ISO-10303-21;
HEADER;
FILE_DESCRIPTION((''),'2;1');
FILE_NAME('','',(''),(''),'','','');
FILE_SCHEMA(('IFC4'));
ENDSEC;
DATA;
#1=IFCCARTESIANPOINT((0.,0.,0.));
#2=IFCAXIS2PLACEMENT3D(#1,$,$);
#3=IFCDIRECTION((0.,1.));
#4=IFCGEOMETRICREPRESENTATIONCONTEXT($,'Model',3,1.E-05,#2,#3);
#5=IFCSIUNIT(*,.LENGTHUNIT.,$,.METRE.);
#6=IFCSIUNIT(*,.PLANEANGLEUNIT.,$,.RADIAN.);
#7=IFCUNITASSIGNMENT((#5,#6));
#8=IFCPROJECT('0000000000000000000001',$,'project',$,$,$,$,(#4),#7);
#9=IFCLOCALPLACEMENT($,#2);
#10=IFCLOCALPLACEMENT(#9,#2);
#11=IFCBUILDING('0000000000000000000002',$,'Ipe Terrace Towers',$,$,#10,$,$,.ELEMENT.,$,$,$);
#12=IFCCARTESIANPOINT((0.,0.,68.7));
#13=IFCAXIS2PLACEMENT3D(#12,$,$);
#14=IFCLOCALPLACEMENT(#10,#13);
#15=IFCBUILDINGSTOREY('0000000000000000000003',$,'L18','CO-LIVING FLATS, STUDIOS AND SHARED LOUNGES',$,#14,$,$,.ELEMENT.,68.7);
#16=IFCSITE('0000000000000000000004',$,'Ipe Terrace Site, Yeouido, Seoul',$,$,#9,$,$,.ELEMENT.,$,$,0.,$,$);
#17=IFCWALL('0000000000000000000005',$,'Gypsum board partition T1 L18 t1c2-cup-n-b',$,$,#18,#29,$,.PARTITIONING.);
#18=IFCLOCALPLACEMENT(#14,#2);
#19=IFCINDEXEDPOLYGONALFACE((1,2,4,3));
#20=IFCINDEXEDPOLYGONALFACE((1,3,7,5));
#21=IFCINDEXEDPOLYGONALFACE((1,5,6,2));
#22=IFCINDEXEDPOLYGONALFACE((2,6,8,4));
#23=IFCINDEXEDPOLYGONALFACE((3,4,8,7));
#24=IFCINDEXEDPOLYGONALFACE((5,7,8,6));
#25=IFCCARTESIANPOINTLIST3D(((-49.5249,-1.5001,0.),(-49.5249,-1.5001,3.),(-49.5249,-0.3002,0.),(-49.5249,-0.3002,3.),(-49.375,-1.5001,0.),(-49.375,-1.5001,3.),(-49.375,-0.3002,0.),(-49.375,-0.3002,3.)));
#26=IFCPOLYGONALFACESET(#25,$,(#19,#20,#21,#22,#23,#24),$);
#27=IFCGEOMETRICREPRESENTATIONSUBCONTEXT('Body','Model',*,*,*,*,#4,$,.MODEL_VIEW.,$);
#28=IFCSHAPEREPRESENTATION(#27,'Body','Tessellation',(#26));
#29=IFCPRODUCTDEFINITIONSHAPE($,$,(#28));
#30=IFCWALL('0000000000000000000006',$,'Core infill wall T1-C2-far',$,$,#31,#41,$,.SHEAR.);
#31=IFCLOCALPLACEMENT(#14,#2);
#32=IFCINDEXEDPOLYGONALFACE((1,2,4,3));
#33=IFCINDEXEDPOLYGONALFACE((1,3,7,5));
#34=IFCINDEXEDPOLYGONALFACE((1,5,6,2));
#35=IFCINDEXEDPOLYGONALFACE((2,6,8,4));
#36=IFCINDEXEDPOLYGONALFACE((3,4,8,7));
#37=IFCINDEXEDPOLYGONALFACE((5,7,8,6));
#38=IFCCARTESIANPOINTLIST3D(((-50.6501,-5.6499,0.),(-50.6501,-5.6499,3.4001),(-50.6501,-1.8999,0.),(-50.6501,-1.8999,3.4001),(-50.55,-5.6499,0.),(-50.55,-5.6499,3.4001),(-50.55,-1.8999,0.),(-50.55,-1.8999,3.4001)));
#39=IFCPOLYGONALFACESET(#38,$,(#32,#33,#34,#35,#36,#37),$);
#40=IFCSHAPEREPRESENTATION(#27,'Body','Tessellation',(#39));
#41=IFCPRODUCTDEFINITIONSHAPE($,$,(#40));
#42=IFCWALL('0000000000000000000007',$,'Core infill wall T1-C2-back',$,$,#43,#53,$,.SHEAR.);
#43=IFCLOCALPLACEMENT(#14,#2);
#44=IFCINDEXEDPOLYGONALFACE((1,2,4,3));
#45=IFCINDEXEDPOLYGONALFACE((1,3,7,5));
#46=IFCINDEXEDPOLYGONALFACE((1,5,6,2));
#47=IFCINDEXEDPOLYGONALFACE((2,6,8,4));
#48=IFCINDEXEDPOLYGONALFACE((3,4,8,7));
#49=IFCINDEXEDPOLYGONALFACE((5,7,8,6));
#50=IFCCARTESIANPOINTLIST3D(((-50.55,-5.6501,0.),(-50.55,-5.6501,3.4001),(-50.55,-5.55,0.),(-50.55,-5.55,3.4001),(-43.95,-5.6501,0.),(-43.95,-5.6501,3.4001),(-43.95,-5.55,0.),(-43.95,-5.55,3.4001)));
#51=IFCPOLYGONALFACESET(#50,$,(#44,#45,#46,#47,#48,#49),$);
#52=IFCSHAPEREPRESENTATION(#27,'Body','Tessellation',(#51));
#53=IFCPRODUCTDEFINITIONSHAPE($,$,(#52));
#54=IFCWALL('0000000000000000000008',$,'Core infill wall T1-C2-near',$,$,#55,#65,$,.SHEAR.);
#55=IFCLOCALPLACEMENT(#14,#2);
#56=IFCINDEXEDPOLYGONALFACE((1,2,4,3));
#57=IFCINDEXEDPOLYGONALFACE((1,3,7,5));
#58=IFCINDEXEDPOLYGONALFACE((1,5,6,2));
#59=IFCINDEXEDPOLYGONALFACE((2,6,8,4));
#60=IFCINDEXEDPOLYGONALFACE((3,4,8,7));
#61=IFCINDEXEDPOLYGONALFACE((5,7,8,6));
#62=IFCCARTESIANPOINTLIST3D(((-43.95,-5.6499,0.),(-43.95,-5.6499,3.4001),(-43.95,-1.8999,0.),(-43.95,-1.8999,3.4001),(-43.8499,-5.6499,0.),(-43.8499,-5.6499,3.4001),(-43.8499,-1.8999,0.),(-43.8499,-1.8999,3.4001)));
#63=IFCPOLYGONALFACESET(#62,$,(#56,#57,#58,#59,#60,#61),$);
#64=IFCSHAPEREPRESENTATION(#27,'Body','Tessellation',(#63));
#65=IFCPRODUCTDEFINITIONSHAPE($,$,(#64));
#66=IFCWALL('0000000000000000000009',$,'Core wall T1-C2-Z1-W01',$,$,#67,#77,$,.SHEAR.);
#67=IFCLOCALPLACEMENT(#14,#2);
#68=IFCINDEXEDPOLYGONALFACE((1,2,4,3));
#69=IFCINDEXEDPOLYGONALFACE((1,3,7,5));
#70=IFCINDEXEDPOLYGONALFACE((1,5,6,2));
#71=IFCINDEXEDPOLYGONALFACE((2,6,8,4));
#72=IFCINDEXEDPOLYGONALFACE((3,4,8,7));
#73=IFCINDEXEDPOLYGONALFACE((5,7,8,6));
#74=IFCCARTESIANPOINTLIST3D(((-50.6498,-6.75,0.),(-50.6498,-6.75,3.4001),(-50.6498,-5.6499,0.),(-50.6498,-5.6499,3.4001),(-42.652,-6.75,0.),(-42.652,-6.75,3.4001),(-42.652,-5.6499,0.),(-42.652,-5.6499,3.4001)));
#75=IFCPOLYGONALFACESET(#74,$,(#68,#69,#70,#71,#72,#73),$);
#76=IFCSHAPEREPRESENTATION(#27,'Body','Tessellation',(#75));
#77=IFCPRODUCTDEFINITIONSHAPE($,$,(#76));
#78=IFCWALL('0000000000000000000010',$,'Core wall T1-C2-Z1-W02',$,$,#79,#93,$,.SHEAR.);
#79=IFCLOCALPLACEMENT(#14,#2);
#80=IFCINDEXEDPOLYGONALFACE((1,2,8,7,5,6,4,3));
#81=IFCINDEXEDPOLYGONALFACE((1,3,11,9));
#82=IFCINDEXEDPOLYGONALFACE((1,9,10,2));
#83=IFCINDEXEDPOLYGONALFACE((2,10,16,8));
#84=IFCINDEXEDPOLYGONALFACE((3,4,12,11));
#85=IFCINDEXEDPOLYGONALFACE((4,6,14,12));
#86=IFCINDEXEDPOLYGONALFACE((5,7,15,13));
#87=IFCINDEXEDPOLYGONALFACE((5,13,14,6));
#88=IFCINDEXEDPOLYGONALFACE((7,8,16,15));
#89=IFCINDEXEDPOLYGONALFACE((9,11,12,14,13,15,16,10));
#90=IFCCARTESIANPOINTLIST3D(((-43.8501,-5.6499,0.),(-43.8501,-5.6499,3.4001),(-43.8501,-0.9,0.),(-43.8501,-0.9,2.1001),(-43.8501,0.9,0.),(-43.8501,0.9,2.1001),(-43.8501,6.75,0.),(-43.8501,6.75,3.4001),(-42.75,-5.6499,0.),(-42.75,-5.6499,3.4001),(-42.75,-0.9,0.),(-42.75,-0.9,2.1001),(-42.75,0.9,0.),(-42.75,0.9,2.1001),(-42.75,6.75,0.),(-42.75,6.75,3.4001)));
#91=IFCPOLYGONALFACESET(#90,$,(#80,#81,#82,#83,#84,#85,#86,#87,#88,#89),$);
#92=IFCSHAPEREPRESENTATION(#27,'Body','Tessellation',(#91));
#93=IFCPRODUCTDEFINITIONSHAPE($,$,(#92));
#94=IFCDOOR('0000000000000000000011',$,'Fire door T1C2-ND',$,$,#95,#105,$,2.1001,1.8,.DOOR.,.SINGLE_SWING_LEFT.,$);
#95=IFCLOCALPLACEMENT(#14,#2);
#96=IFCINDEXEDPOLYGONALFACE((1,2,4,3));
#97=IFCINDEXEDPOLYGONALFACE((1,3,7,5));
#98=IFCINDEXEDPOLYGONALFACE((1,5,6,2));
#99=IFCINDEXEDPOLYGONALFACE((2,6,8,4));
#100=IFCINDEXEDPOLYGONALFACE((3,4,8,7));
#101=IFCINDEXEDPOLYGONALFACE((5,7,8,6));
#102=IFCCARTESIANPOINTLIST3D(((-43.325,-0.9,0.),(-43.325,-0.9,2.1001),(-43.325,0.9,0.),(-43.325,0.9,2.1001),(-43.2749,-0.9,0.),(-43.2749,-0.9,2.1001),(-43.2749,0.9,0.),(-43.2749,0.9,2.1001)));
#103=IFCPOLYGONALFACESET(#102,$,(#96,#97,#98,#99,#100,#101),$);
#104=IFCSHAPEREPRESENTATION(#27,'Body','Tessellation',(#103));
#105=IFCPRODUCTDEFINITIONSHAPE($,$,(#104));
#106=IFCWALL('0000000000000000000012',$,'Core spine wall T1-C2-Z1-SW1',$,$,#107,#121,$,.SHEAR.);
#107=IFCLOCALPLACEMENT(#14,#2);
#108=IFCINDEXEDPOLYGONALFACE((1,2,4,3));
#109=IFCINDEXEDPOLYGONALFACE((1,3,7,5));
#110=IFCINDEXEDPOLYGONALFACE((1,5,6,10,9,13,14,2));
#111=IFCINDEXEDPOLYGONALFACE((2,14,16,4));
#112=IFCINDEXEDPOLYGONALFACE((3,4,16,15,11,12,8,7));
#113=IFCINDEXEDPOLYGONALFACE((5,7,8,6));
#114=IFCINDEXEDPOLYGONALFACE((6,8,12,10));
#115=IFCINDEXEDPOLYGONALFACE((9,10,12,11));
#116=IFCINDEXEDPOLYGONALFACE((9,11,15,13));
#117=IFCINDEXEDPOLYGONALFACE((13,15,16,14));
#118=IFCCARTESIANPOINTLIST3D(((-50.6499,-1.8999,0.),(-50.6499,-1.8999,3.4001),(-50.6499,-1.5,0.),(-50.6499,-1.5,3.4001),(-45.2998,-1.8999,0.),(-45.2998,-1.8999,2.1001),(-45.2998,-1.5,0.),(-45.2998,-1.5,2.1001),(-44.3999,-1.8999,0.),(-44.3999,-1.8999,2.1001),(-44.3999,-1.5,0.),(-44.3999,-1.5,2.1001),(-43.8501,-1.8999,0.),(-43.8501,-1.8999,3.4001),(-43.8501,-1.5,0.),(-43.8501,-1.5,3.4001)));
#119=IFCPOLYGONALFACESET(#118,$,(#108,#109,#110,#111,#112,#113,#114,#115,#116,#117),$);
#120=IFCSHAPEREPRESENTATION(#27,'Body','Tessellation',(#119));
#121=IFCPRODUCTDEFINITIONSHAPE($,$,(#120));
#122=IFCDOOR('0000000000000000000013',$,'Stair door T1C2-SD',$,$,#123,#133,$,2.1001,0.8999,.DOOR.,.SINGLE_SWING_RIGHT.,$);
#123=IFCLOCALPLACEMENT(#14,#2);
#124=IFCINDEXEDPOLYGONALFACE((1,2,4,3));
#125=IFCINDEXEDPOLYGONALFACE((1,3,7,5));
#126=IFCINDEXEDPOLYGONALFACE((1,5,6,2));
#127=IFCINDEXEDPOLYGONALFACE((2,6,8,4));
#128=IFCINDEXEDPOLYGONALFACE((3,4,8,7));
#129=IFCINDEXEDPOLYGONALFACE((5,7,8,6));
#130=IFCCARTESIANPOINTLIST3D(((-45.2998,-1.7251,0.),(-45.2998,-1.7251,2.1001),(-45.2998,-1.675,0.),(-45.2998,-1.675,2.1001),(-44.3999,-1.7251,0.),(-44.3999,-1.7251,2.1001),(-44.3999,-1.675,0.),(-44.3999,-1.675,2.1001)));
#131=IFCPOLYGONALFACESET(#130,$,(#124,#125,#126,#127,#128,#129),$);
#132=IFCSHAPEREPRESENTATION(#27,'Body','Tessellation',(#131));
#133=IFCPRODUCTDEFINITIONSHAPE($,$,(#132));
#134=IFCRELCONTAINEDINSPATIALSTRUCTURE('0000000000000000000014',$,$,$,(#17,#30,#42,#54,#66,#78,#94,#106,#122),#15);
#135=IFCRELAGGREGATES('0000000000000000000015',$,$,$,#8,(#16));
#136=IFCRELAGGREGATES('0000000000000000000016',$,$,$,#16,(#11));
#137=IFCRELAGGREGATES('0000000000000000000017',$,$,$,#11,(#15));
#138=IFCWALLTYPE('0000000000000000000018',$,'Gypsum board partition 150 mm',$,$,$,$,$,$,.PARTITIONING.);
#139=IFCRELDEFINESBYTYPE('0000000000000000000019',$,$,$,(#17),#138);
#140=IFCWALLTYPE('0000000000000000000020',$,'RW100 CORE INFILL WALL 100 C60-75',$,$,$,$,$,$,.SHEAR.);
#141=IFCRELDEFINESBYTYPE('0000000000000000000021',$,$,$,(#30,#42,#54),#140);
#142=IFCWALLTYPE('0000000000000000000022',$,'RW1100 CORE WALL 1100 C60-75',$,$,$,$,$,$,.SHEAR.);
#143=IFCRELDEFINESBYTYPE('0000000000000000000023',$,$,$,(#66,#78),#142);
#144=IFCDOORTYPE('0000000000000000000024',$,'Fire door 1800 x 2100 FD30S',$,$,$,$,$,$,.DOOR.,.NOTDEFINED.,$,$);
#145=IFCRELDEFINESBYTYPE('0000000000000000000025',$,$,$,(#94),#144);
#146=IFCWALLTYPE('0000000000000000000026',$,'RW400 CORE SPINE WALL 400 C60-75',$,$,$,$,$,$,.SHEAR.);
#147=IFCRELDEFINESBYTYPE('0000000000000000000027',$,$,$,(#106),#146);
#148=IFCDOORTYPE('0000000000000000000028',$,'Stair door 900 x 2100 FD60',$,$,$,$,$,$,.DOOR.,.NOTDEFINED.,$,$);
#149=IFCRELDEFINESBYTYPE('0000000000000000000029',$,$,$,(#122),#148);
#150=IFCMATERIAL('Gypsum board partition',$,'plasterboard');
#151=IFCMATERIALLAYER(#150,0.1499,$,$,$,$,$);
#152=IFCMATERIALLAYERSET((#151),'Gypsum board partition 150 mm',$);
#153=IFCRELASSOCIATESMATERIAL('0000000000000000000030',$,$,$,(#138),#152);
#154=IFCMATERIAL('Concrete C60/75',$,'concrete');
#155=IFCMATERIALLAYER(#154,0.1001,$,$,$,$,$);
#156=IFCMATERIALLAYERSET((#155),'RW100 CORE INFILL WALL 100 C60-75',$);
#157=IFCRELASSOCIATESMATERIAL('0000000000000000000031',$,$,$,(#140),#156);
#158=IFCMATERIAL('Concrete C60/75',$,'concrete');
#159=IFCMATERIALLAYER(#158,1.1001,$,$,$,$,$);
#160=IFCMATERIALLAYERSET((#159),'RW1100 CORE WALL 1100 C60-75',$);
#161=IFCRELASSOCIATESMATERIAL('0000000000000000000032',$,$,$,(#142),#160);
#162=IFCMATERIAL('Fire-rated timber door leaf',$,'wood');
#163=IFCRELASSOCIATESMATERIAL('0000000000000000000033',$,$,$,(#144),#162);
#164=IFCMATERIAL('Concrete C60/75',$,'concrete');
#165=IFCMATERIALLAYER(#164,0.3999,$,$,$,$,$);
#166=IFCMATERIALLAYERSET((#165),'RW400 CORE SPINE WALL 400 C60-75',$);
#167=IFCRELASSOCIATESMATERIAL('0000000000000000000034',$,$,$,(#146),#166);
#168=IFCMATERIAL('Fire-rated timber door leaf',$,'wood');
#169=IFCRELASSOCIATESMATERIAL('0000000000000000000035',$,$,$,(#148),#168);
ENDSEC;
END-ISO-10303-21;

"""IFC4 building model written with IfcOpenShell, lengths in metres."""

from ifc_helpers import new_model, si_unit, direction, frame, frame_2d, origin, place, context, subcontext, project, spatial, rectangle, extrude, material, layer, layer_set, type_object, element, fill, save


model = new_model("IFC4")

# Units and contexts
model_context = context("Model", 3, precision=1e-05, world=origin(), true_north=direction((0.0, 1.0)))
body_context = subcontext(model_context, "Body", "Model", "MODEL_VIEW")
ifc_project = project(units=[si_unit("LENGTHUNIT", "METRE"), si_unit("PLANEANGLEUNIT", "RADIAN")], contexts=[model_context])

# Site, building, storey
site_placement = place(None, origin())
site = spatial("IfcSite", under=ifc_project, at=site_placement, Name="Ipe Terrace Site, Yeouido, Seoul", CompositionType="ELEMENT", RefElevation=0.0)
building_placement = place(site_placement, origin())
building = spatial("IfcBuilding", under=site, at=building_placement, Name="Ipe Terrace Towers", CompositionType="ELEMENT")
storey_placement = place(building_placement, frame((0.0, 0.0, 68.7)))
storey = spatial("IfcBuildingStorey", under=building, at=storey_placement, Name="L18", Description="CO-LIVING FLATS, STUDIOS AND SHARED LOUNGES", CompositionType="ELEMENT", Elevation=68.7)

# Shared definitions
ifc_material_1 = material(Name="Gypsum board partition", Category="plasterboard")
ifc_layer_1 = layer(ifc_material_1, 0.1499)
ifc_layer_set_1 = layer_set([ifc_layer_1], Name="Gypsum board partition 150 mm")
wall_type_1 = type_object("IfcWallType", Name="Gypsum board partition 150 mm", PredefinedType="PARTITIONING", material=ifc_layer_set_1)

# Walls
for number, where, z_axis, x_axis, name in (
    (1, (-49.45, -0.3, 0.0), (0.0, 0.0, 1.0), (0.0, -1.0, 0.0), "Gypsum board partition T1 L18 t1c2-cup-n-b"),
):
    element("IfcWall", number, at=place(storey_placement, frame(where, z_axis=z_axis, x_axis=x_axis)), inside=storey, type_object=wall_type_1, Name=name, PredefinedType="PARTITIONING", context=body_context, shape_type="SweptSolid", body=[
        extrude(rectangle(XDim=1.2, YDim=0.1499, at=frame_2d((0.6001, 0.0))), origin(), (0.0, 0.0, 1.0), 3.0),
    ])
ifc_material_2 = material(Name="Concrete C60/75", Category="concrete")
ifc_layer_2 = layer(ifc_material_2, 0.1001)
ifc_layer_set_2 = layer_set([ifc_layer_2], Name="RW100 CORE INFILL WALL 100 C60-75")
wall_type_2 = type_object("IfcWallType", Name="RW100 CORE INFILL WALL 100 C60-75", PredefinedType="SHEAR", material=ifc_layer_set_2)
wall_1_placement = place(storey_placement, frame((-50.6001, -1.8999, 0.0), z_axis=(0.0, 0.0, 1.0), x_axis=(0.0, -1.0, 0.0)))
element("IfcWall", 2, at=wall_1_placement, inside=storey, type_object=wall_type_2, Name="Core infill wall T1-C2-far", PredefinedType="SHEAR", context=body_context, shape_type="SweptSolid", body=[
    extrude(rectangle(XDim=3.75, YDim=0.1001, at=frame_2d((1.875, 0.0))), origin(), (0.0, 0.0, 1.0), 3.4001),
])
wall_2_placement = place(storey_placement, frame((-43.95, -5.6001, 0.0), z_axis=(0.0, 0.0, 1.0), x_axis=(-1.0, 0.0, 0.0)))
element("IfcWall", 3, at=wall_2_placement, inside=storey, type_object=wall_type_2, Name="Core infill wall T1-C2-back", PredefinedType="SHEAR", context=body_context, shape_type="SweptSolid", body=[
    extrude(rectangle(XDim=6.6001, YDim=0.1001, at=frame_2d((3.3, 0.0))), origin(), (0.0, 0.0, 1.0), 3.4001),
])
wall_3_placement = place(storey_placement, frame((-43.8999, -1.8999, 0.0), z_axis=(0.0, 0.0, 1.0), x_axis=(0.0, -1.0, 0.0)))
element("IfcWall", 4, at=wall_3_placement, inside=storey, type_object=wall_type_2, Name="Core infill wall T1-C2-near", PredefinedType="SHEAR", context=body_context, shape_type="SweptSolid", body=[
    extrude(rectangle(XDim=3.75, YDim=0.1001, at=frame_2d((1.875, 0.0))), origin(), (0.0, 0.0, 1.0), 3.4001),
])
ifc_material_3 = material(Name="Concrete C60/75", Category="concrete")
ifc_layer_3 = layer(ifc_material_3, 1.1001)
ifc_layer_set_3 = layer_set([ifc_layer_3], Name="RW1100 CORE WALL 1100 C60-75")
wall_type_3 = type_object("IfcWallType", Name="RW1100 CORE WALL 1100 C60-75", PredefinedType="SHEAR", material=ifc_layer_set_3)
wall_4_placement = place(storey_placement, frame((-50.6499, -6.2, 0.0), z_axis=(0.0, 0.0, 1.0), x_axis=(1.0, 0.0, 0.0)))
element("IfcWall", 5, at=wall_4_placement, inside=storey, type_object=wall_type_3, Name="Core wall T1-C2-Z1-W01", PredefinedType="SHEAR", context=body_context, shape_type="SweptSolid", body=[
    extrude(rectangle(XDim=7.9978, YDim=1.1001, at=frame_2d((3.999, 0.0))), origin(), (0.0, 0.0, 1.0), 3.4001),
])

# Walls, openings, doors
wall_5_placement = place(storey_placement, frame((-43.3, -5.6499, 0.0), z_axis=(0.0, 0.0, 1.0), x_axis=(0.0, 1.0, 0.0)))
wall_5 = element("IfcWall", 6, at=wall_5_placement, inside=storey, type_object=wall_type_3, Name="Core wall T1-C2-Z1-W02", PredefinedType="SHEAR", context=body_context, shape_type="SweptSolid", body=[
    extrude(rectangle(XDim=12.3999, YDim=1.1001, at=frame_2d((6.2, 0.0))), origin(), (0.0, 0.0, 1.0), 3.4001),
])
opening_1_placement = place(wall_5_placement, frame((4.75, 0.0, 0.0)))
opening_1 = element("IfcOpeningElement", 7, at=opening_1_placement, cuts=wall_5, PredefinedType="OPENING", context=body_context, shape_type="SweptSolid", body=[
    extrude(rectangle(XDim=1.8, YDim=2.1001, at=frame_2d((0.8999, 1.05))), frame((0.0, 0.5601, 0.0), z_axis=(0.0, -1.0, 0.0), x_axis=(1.0, 0.0, 0.0)), (0.0, 0.0, 1.0), 1.1201),
])
ifc_material_4 = material(Name="Fire-rated timber door leaf", Category="wood")
door_type_1 = type_object("IfcDoorType", Name="Fire door 1800 x 2100 FD30S", OperationType="NOTDEFINED", PredefinedType="DOOR", material=ifc_material_4)
door_1_placement = place(opening_1_placement, origin())
door_1 = element("IfcDoor", 8, at=door_1_placement, inside=storey, type_object=door_type_1, Name="Fire door T1C2-ND", OperationType="SINGLE_SWING_LEFT", OverallHeight=2.1001, OverallWidth=1.8, PredefinedType="DOOR", context=body_context, shape_type="SweptSolid", body=[
    extrude(rectangle(XDim=1.8, YDim=2.1001, at=frame_2d((0.8999, 1.05))), frame((0.0, 0.0249, 0.0), z_axis=(0.0, -1.0, 0.0), x_axis=(1.0, 0.0, 0.0)), (0.0, 0.0, 1.0), 0.05),
])
fill(opening_1, door_1)
ifc_material_5 = material(Name="Concrete C60/75", Category="concrete")
ifc_layer_4 = layer(ifc_material_5, 0.3999)
ifc_layer_set_4 = layer_set([ifc_layer_4], Name="RW400 CORE SPINE WALL 400 C60-75")
wall_type_4 = type_object("IfcWallType", Name="RW400 CORE SPINE WALL 400 C60-75", PredefinedType="SHEAR", material=ifc_layer_set_4)
wall_6_placement = place(storey_placement, frame((-50.6499, -1.7, 0.0), z_axis=(0.0, 0.0, 1.0), x_axis=(1.0, 0.0, 0.0)))
wall_6 = element("IfcWall", 9, at=wall_6_placement, inside=storey, type_object=wall_type_4, Name="Core spine wall T1-C2-Z1-SW1", PredefinedType="SHEAR", context=body_context, shape_type="SweptSolid", body=[
    extrude(rectangle(XDim=6.7998, YDim=0.3999, at=frame_2d((3.3999, 0.0))), origin(), (0.0, 0.0, 1.0), 3.4001),
])
opening_2_placement = place(wall_6_placement, frame((5.3501, 0.0, 0.0)))
opening_2 = element("IfcOpeningElement", 10, at=opening_2_placement, cuts=wall_6, PredefinedType="OPENING", context=body_context, shape_type="SweptSolid", body=[
    extrude(rectangle(XDim=0.8999, YDim=2.1001, at=frame_2d((0.45, 1.05))), frame((0.0, 0.21, 0.0), z_axis=(0.0, -1.0, 0.0), x_axis=(1.0, 0.0, 0.0)), (0.0, 0.0, 1.0), 0.4199),
])
ifc_material_6 = material(Name="Fire-rated timber door leaf", Category="wood")
door_type_2 = type_object("IfcDoorType", Name="Stair door 900 x 2100 FD60", OperationType="NOTDEFINED", PredefinedType="DOOR", material=ifc_material_6)
door_2_placement = place(opening_2_placement, origin())
door_2 = element("IfcDoor", 11, at=door_2_placement, inside=storey, type_object=door_type_2, Name="Stair door T1C2-SD", OperationType="SINGLE_SWING_RIGHT", OverallHeight=2.1001, OverallWidth=0.8999, PredefinedType="DOOR", context=body_context, shape_type="SweptSolid", body=[
    extrude(rectangle(XDim=0.8999, YDim=2.1001, at=frame_2d((0.45, 1.05))), frame((0.0, 0.0249, 0.0), z_axis=(0.0, -1.0, 0.0), x_axis=(1.0, 0.0, 0.0)), (0.0, 0.0, 1.0), 0.05),
])
fill(opening_2, door_2)

save(model, "model.ifc")
